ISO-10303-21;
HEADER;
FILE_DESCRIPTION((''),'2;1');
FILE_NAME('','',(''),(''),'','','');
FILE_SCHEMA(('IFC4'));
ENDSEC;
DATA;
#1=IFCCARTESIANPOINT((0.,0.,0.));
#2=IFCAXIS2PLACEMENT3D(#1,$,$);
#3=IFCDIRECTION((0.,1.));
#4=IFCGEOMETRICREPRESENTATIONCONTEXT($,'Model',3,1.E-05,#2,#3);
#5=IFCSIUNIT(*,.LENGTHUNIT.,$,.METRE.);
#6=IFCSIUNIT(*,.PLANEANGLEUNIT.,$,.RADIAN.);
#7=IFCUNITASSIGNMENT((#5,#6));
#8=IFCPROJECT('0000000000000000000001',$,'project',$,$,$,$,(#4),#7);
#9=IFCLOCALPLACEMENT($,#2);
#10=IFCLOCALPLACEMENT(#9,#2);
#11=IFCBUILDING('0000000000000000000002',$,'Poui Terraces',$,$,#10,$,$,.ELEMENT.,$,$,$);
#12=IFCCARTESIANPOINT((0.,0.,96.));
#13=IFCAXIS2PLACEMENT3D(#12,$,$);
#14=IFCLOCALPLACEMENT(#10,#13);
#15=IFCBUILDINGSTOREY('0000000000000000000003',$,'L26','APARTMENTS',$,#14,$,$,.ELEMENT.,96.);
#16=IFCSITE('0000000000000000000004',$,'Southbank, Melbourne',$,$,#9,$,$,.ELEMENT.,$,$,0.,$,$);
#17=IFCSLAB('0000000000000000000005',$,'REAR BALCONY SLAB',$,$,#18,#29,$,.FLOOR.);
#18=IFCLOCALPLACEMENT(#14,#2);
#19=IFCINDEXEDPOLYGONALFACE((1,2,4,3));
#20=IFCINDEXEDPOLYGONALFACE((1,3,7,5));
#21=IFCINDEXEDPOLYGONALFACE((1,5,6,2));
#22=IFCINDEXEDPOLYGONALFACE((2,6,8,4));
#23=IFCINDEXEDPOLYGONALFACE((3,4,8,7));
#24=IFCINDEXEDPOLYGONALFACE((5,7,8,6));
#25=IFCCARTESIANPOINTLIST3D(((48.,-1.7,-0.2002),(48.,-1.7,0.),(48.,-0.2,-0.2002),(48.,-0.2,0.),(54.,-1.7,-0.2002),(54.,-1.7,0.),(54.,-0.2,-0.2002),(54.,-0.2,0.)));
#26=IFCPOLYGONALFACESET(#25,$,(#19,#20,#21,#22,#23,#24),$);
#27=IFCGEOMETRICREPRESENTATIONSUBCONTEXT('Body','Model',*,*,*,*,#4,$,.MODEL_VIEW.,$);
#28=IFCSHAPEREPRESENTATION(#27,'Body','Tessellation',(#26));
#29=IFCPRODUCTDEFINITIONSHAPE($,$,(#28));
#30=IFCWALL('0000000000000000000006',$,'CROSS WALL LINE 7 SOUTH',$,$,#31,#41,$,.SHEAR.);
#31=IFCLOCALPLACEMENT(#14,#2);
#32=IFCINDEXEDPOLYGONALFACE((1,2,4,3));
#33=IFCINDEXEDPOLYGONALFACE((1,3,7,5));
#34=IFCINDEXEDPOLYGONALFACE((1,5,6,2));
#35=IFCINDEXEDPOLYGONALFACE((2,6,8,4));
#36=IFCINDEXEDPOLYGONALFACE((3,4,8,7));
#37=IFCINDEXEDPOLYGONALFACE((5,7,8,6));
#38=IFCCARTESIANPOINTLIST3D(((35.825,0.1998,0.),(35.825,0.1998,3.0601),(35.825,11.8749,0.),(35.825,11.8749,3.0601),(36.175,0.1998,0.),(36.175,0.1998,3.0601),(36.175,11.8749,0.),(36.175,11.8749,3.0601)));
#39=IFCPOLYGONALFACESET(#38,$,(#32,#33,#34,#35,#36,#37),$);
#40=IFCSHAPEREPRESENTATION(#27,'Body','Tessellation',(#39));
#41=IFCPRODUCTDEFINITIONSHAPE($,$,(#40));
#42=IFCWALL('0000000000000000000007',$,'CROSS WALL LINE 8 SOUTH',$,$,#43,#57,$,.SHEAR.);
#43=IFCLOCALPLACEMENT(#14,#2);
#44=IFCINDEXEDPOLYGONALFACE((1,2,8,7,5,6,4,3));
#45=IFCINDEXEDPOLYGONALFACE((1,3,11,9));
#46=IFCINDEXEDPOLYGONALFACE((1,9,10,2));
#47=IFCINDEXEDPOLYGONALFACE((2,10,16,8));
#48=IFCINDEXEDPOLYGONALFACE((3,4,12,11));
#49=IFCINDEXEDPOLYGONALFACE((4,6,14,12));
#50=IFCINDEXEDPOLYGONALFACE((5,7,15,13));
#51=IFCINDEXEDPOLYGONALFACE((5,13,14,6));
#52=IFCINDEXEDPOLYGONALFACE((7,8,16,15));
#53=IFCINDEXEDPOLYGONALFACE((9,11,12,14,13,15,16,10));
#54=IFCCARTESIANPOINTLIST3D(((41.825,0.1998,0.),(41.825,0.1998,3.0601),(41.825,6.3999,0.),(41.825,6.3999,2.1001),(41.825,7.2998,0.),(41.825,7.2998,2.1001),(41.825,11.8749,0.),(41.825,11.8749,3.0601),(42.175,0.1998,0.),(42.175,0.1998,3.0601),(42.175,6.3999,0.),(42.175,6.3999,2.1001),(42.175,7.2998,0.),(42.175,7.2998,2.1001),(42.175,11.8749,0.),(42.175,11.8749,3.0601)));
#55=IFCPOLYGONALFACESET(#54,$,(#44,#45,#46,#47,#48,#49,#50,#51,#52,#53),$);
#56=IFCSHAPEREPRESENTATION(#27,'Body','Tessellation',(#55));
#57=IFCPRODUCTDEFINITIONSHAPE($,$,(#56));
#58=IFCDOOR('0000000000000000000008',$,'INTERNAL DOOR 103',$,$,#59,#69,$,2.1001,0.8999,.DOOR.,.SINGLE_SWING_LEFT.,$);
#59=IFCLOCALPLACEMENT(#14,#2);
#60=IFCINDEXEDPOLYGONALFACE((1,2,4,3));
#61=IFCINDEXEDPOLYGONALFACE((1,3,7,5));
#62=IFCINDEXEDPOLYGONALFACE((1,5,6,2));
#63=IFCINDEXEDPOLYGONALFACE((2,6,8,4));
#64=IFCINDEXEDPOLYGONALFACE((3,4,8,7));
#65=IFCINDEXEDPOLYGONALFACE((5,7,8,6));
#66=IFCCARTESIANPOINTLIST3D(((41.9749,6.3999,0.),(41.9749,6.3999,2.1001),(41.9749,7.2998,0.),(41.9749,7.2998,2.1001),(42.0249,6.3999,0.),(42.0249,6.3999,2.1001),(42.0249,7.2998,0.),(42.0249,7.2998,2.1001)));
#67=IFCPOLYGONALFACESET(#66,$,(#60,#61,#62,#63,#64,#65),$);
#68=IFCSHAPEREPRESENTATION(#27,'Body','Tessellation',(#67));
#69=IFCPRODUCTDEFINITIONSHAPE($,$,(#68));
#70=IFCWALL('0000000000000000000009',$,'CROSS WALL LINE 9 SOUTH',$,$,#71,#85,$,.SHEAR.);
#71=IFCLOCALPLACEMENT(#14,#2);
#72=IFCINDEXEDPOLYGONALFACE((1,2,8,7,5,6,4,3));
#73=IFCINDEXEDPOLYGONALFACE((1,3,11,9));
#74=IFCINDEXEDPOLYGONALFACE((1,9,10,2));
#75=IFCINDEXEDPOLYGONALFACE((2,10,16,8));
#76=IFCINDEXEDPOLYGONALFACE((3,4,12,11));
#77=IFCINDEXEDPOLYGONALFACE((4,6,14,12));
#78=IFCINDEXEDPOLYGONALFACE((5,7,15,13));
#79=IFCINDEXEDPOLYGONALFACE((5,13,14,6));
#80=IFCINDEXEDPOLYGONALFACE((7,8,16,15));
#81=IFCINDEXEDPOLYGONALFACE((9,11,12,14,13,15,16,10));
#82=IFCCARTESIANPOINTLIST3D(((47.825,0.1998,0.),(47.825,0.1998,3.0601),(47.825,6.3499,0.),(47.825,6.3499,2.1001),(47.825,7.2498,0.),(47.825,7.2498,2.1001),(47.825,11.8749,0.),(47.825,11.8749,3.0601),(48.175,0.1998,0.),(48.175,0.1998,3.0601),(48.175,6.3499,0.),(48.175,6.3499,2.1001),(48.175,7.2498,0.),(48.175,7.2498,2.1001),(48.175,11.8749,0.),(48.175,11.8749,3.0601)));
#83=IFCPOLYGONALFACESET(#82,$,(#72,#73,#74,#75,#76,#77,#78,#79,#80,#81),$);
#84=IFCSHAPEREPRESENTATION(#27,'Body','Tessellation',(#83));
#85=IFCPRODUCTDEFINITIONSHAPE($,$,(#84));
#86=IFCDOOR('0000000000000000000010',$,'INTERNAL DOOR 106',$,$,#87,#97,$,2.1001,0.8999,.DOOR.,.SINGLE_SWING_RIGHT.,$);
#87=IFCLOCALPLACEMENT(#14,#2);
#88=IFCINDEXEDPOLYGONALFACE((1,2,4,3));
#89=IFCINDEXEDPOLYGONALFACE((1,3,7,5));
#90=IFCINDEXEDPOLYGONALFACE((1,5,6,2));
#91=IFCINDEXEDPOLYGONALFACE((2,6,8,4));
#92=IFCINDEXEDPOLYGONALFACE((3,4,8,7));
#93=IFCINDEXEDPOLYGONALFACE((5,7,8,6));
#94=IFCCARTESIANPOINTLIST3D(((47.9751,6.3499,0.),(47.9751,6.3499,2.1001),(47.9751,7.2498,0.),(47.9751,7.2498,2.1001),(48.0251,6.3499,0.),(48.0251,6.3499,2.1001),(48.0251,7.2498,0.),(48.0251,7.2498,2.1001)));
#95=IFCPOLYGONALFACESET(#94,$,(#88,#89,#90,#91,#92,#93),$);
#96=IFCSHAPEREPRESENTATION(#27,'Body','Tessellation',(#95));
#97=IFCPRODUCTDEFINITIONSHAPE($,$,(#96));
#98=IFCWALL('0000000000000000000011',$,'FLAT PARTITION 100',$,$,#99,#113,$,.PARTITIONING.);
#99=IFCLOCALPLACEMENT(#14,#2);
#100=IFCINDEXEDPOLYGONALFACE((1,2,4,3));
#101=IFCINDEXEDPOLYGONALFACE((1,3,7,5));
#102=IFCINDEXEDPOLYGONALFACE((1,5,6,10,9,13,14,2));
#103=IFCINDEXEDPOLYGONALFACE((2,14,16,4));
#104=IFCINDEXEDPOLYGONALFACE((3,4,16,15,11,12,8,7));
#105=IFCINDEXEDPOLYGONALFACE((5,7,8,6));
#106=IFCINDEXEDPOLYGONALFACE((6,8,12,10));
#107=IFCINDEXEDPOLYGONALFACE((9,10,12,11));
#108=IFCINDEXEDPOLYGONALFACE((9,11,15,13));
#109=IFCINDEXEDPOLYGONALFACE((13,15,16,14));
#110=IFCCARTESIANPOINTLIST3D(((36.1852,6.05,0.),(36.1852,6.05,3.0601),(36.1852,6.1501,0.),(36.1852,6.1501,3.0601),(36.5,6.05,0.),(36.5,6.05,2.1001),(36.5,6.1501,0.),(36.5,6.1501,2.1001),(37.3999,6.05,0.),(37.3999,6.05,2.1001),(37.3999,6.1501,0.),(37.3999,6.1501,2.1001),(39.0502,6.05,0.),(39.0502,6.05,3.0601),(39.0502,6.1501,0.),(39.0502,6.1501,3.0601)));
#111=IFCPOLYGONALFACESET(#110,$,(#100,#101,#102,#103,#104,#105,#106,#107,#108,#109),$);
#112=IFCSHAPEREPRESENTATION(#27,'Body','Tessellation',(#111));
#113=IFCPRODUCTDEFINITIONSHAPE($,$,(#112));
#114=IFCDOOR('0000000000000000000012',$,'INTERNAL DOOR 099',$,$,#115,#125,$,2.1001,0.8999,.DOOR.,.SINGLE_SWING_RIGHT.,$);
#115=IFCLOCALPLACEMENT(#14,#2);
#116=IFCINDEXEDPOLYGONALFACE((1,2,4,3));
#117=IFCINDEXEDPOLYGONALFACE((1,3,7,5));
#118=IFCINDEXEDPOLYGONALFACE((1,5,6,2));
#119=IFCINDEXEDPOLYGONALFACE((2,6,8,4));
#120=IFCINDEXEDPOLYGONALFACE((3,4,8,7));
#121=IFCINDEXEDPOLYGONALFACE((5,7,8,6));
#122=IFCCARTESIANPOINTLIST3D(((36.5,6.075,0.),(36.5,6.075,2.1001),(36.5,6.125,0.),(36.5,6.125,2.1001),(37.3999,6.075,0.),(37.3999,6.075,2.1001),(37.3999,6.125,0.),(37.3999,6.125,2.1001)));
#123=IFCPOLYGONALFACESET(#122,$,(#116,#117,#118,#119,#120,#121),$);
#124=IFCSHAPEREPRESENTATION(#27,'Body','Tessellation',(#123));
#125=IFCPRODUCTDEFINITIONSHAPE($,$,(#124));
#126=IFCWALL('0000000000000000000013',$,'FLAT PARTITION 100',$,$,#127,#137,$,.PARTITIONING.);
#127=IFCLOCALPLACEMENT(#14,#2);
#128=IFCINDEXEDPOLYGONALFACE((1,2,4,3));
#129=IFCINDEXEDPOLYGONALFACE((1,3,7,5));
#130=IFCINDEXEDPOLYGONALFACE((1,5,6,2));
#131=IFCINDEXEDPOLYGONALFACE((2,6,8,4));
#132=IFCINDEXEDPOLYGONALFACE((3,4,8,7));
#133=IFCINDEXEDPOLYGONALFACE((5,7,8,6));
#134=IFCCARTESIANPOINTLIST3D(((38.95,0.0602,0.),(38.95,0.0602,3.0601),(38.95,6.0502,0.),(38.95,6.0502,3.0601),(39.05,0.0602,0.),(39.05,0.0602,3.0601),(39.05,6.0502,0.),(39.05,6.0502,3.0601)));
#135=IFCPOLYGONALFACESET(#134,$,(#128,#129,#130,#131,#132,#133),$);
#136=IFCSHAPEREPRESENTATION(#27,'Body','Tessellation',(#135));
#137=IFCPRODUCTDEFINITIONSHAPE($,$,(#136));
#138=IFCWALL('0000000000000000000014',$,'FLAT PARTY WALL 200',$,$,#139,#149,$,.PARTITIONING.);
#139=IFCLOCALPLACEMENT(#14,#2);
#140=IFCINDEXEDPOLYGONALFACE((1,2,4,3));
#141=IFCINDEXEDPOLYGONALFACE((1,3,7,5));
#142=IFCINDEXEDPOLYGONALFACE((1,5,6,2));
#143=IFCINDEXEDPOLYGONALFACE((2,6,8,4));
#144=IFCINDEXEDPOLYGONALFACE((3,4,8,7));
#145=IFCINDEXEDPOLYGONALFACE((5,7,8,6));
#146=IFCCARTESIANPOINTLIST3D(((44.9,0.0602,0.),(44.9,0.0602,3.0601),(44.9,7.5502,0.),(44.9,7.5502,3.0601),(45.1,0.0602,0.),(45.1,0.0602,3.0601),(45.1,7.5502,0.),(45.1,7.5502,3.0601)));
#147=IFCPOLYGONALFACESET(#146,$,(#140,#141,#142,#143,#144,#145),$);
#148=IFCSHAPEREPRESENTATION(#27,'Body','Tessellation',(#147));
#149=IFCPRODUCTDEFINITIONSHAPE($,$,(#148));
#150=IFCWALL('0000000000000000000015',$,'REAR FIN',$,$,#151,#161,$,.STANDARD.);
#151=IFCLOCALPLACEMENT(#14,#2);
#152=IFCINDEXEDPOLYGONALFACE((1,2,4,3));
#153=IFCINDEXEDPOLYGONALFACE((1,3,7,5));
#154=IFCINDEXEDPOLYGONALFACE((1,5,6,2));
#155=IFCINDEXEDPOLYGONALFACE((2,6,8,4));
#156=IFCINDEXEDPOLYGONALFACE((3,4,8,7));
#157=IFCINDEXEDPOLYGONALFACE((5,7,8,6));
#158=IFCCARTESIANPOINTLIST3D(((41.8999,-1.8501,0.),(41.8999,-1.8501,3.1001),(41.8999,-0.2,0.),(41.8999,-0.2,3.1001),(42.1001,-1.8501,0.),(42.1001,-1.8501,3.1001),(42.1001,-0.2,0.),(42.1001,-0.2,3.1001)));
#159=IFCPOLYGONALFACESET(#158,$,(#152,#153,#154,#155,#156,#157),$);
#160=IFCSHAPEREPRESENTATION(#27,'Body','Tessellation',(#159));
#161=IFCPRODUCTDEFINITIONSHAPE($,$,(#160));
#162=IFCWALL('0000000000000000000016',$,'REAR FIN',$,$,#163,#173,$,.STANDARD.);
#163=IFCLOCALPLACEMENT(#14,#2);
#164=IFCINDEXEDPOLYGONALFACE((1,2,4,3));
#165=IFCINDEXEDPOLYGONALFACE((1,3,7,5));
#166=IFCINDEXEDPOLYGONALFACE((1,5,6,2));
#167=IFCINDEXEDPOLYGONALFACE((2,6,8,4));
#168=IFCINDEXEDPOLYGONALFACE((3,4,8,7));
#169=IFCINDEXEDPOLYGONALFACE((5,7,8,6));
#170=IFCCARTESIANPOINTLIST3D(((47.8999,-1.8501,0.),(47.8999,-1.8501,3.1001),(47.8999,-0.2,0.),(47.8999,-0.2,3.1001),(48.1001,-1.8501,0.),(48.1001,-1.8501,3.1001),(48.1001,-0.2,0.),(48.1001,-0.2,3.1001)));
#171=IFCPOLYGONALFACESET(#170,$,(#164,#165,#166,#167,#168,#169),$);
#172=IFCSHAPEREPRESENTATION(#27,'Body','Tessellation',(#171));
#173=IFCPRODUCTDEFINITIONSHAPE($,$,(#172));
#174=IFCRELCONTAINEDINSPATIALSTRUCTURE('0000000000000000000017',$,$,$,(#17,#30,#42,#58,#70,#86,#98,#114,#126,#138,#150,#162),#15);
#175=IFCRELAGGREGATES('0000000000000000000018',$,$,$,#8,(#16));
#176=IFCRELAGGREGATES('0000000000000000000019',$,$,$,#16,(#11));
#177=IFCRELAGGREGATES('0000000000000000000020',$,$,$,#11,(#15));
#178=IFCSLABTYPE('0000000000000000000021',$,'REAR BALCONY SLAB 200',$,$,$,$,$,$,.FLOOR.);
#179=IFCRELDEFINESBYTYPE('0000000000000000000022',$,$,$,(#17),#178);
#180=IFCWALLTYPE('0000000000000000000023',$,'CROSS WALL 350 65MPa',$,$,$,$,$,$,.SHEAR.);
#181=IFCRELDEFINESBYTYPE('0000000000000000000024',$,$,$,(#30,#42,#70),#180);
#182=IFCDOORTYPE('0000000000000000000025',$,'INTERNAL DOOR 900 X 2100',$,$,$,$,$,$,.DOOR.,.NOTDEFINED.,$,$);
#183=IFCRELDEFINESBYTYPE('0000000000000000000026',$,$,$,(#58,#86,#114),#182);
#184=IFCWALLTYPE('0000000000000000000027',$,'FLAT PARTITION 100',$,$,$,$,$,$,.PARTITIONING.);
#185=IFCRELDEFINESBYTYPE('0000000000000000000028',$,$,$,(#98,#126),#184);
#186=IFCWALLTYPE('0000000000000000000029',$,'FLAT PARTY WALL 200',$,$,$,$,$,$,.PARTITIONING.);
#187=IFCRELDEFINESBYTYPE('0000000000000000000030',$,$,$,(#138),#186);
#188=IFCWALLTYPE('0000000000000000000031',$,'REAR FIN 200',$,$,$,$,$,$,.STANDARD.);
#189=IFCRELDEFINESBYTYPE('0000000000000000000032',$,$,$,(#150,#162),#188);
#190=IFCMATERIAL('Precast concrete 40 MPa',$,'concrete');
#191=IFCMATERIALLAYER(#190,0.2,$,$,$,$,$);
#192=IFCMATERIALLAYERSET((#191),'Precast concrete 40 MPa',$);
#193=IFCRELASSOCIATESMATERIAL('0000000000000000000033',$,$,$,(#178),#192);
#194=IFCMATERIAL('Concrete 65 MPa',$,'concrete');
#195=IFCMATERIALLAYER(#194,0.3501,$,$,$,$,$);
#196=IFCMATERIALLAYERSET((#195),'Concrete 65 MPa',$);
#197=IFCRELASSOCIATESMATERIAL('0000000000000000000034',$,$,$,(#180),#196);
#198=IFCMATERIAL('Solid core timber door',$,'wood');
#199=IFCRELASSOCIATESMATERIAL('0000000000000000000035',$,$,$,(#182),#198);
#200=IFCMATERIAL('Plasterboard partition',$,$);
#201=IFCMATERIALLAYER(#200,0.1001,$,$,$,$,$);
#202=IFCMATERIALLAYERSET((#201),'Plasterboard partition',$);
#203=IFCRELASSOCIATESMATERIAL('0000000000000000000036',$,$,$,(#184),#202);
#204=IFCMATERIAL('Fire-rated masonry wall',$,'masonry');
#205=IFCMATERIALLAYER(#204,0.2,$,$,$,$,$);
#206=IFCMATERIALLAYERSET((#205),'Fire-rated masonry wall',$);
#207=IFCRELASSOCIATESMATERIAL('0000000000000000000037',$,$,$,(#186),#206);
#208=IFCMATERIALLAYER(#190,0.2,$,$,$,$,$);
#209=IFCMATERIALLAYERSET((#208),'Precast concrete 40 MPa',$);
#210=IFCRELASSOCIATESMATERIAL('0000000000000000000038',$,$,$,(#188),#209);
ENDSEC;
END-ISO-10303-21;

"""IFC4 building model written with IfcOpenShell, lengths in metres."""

from ifc_helpers import new_model, si_unit, direction, frame, frame_2d, origin, place, context, subcontext, project, spatial, polyline, rectangle, outline, extrude, source, transform, mapped, material, layer, layer_set, type_object, element, fill, save


model = new_model("IFC4")

# Units and contexts
model_context = context("Model", 3, precision=1e-05, world=origin(), true_north=direction((0.0, 1.0)))
body_context = subcontext(model_context, "Body", "Model", "MODEL_VIEW")
ifc_project = project(units=[si_unit("LENGTHUNIT", "METRE"), si_unit("PLANEANGLEUNIT", "RADIAN")], contexts=[model_context])

# Site, building, storey
site_placement = place(None, origin())
site = spatial("IfcSite", under=ifc_project, at=site_placement, Name="Southbank, Melbourne", CompositionType="ELEMENT", RefElevation=0.0)
building_placement = place(site_placement, origin())
building = spatial("IfcBuilding", under=site, at=building_placement, Name="Poui Terraces", CompositionType="ELEMENT")
storey_placement = place(building_placement, frame((0.0, 0.0, 96.0)))
storey = spatial("IfcBuildingStorey", under=building, at=storey_placement, Name="L26", Description="APARTMENTS", CompositionType="ELEMENT", Elevation=96.0)

# Slab
ifc_material_1 = material(Name="Precast concrete 40 MPa", Category="concrete")
ifc_layer_1 = layer(ifc_material_1, 0.2)
ifc_layer_set_1 = layer_set([ifc_layer_1], Name="Precast concrete 40 MPa")
slab_type = type_object("IfcSlabType", Name="REAR BALCONY SLAB 200", PredefinedType="FLOOR", material=ifc_layer_set_1)
shared_shape_1 = source(origin(), body_context, "Body", "SweptSolid", [
    extrude(outline(polyline([(0.0, 0.0), (6.0, 0.0), (6.0, 1.5), (0.0, 1.5), (0.0, 0.0)])), origin(), (0.0, 0.0, 1.0), 0.2002),
])
slab_placement = place(storey_placement, frame((48.0, -1.7, -0.2002)))
element("IfcSlab", 1, at=slab_placement, inside=storey, type_object=slab_type, Name="REAR BALCONY SLAB", PredefinedType="FLOOR", context=body_context, shape_type="MappedRepresentation", body=[
    mapped(shared_shape_1, transform((0.0, 0.0, 0.0))),
])

# Wall
ifc_material_2 = material(Name="Concrete 65 MPa", Category="concrete")
ifc_layer_2 = layer(ifc_material_2, 0.3501)
ifc_layer_set_2 = layer_set([ifc_layer_2], Name="Concrete 65 MPa")
wall_type_1 = type_object("IfcWallType", Name="CROSS WALL 350 65MPa", PredefinedType="SHEAR", material=ifc_layer_set_2)
wall_1_placement = place(storey_placement, frame((36.0, 0.2, 0.0), z_axis=(0.0, 0.0, 1.0), x_axis=(0.0, 1.0, 0.0)))
element("IfcWall", 2, at=wall_1_placement, inside=storey, type_object=wall_type_1, Name="CROSS WALL LINE 7 SOUTH", PredefinedType="SHEAR", context=body_context, shape_type="SweptSolid", body=[
    extrude(rectangle(XDim=11.675, YDim=0.3501, at=frame_2d((5.8374, 0.0))), origin(), (0.0, 0.0, 1.0), 3.0601),
])

# Walls, openings, doors
wall_2_placement = place(storey_placement, frame((42.0, 0.2, 0.0), z_axis=(0.0, 0.0, 1.0), x_axis=(0.0, 1.0, 0.0)))
wall_2 = element("IfcWall", 3, at=wall_2_placement, inside=storey, type_object=wall_type_1, Name="CROSS WALL LINE 8 SOUTH", PredefinedType="SHEAR", context=body_context, shape_type="SweptSolid", body=[
    extrude(rectangle(XDim=11.675, YDim=0.3501, at=frame_2d((5.8374, 0.0))), origin(), (0.0, 0.0, 1.0), 3.0601),
])
opening_1_placement = place(wall_2_placement, frame((6.2, 0.0, 0.0)))
opening_1 = element("IfcOpeningElement", 4, at=opening_1_placement, cuts=wall_2, PredefinedType="OPENING", context=body_context, shape_type="SweptSolid", body=[
    extrude(rectangle(XDim=0.8999, YDim=2.1001, at=frame_2d((0.45, 1.05))), frame((0.0, 0.1851, 0.0), z_axis=(0.0, -1.0, 0.0), x_axis=(1.0, 0.0, 0.0)), (0.0, 0.0, 1.0), 0.3701),
])
ifc_material_3 = material(Name="Solid core timber door", Category="wood")
door_type = type_object("IfcDoorType", Name="INTERNAL DOOR 900 X 2100", OperationType="NOTDEFINED", PredefinedType="DOOR", material=ifc_material_3)
door_1_placement = place(opening_1_placement, frame((0.8999, 0.0, 0.0), z_axis=(0.0, 0.0, 1.0), x_axis=(-1.0, 0.0, 0.0)))
door_1 = element("IfcDoor", 5, at=door_1_placement, inside=storey, type_object=door_type, Name="INTERNAL DOOR 103", OperationType="SINGLE_SWING_LEFT", OverallHeight=2.1001, OverallWidth=0.8999, PredefinedType="DOOR", context=body_context, shape_type="SweptSolid", body=[
    extrude(rectangle(XDim=0.8999, YDim=2.1001, at=frame_2d((0.45, 1.05))), frame((0.0, 0.0249, 0.0), z_axis=(0.0, -1.0, 0.0), x_axis=(1.0, 0.0, 0.0)), (0.0, 0.0, 1.0), 0.05),
])
fill(opening_1, door_1)
wall_3_placement = place(storey_placement, frame((48.0, 0.2, 0.0), z_axis=(0.0, 0.0, 1.0), x_axis=(0.0, 1.0, 0.0)))
wall_3 = element("IfcWall", 6, at=wall_3_placement, inside=storey, type_object=wall_type_1, Name="CROSS WALL LINE 9 SOUTH", PredefinedType="SHEAR", context=body_context, shape_type="SweptSolid", body=[
    extrude(rectangle(XDim=11.675, YDim=0.3501, at=frame_2d((5.8374, 0.0))), origin(), (0.0, 0.0, 1.0), 3.0601),
])
opening_2_placement = place(wall_3_placement, frame((6.1499, 0.0, 0.0)))
opening_2 = element("IfcOpeningElement", 7, at=opening_2_placement, cuts=wall_3, PredefinedType="OPENING", context=body_context, shape_type="SweptSolid", body=[
    extrude(rectangle(XDim=0.8999, YDim=2.1001, at=frame_2d((0.45, 1.05))), frame((0.0, 0.1851, 0.0), z_axis=(0.0, -1.0, 0.0), x_axis=(1.0, 0.0, 0.0)), (0.0, 0.0, 1.0), 0.3701),
])
door_2_placement = place(opening_2_placement, origin())
door_2 = element("IfcDoor", 8, at=door_2_placement, inside=storey, type_object=door_type, Name="INTERNAL DOOR 106", OperationType="SINGLE_SWING_RIGHT", OverallHeight=2.1001, OverallWidth=0.8999, PredefinedType="DOOR", context=body_context, shape_type="SweptSolid", body=[
    extrude(rectangle(XDim=0.8999, YDim=2.1001, at=frame_2d((0.45, 1.05))), frame((0.0, 0.0249, 0.0), z_axis=(0.0, -1.0, 0.0), x_axis=(1.0, 0.0, 0.0)), (0.0, 0.0, 1.0), 0.05),
])
fill(opening_2, door_2)
ifc_material_4 = material(Name="Plasterboard partition")
ifc_layer_3 = layer(ifc_material_4, 0.1001)
ifc_layer_set_3 = layer_set([ifc_layer_3], Name="Plasterboard partition")
wall_type_2 = type_object("IfcWallType", Name="FLAT PARTITION 100", PredefinedType="PARTITIONING", material=ifc_layer_set_3)
wall_4_placement = place(storey_placement, frame((36.1851, 6.1001, 0.0), z_axis=(0.0, 0.0, 1.0), x_axis=(1.0, 0.0, 0.0)))
wall_4 = element("IfcWall", 9, at=wall_4_placement, inside=storey, type_object=wall_type_2, Name="FLAT PARTITION 100", PredefinedType="PARTITIONING", context=body_context, shape_type="SweptSolid", body=[
    extrude(rectangle(XDim=2.865, YDim=0.1001, at=frame_2d((1.4326, 0.0))), origin(), (0.0, 0.0, 1.0), 3.0601),
])
opening_3_placement = place(wall_4_placement, frame((0.3149, 0.0, 0.0)))
opening_3 = element("IfcOpeningElement", 10, at=opening_3_placement, cuts=wall_4, PredefinedType="OPENING", context=body_context, shape_type="SweptSolid", body=[
    extrude(rectangle(XDim=0.8999, YDim=2.1001, at=frame_2d((0.45, 1.05))), frame((0.0, 0.0601, 0.0), z_axis=(0.0, -1.0, 0.0), x_axis=(1.0, 0.0, 0.0)), (0.0, 0.0, 1.0), 0.1201),
])
door_3_placement = place(opening_3_placement, origin())
door_3 = element("IfcDoor", 11, at=door_3_placement, inside=storey, type_object=door_type, Name="INTERNAL DOOR 099", OperationType="SINGLE_SWING_RIGHT", OverallHeight=2.1001, OverallWidth=0.8999, PredefinedType="DOOR", context=body_context, shape_type="SweptSolid", body=[
    extrude(rectangle(XDim=0.8999, YDim=2.1001, at=frame_2d((0.45, 1.05))), frame((0.0, 0.0249, 0.0), z_axis=(0.0, -1.0, 0.0), x_axis=(1.0, 0.0, 0.0)), (0.0, 0.0, 1.0), 0.05),
])
fill(opening_3, door_3)

# Walls
wall_5_placement = place(storey_placement, frame((39.0, 0.0601, 0.0), z_axis=(0.0, 0.0, 1.0), x_axis=(0.0, 1.0, 0.0)))
element("IfcWall", 12, at=wall_5_placement, inside=storey, type_object=wall_type_2, Name="FLAT PARTITION 100", PredefinedType="PARTITIONING", context=body_context, shape_type="SweptSolid", body=[
    extrude(rectangle(XDim=5.99, YDim=0.1001, at=frame_2d((2.9951, 0.0))), origin(), (0.0, 0.0, 1.0), 3.0601),
])
ifc_material_5 = material(Name="Fire-rated masonry wall", Category="masonry")
ifc_layer_4 = layer(ifc_material_5, 0.2)
ifc_layer_set_4 = layer_set([ifc_layer_4], Name="Fire-rated masonry wall")
wall_type_3 = type_object("IfcWallType", Name="FLAT PARTY WALL 200", PredefinedType="PARTITIONING", material=ifc_layer_set_4)
wall_6_placement = place(storey_placement, frame((45.0, 0.0601, 0.0), z_axis=(0.0, 0.0, 1.0), x_axis=(0.0, 1.0, 0.0)))
element("IfcWall", 13, at=wall_6_placement, inside=storey, type_object=wall_type_3, Name="FLAT PARTY WALL 200", PredefinedType="PARTITIONING", context=body_context, shape_type="SweptSolid", body=[
    extrude(rectangle(XDim=7.49, YDim=0.2, at=frame_2d((3.7451, 0.0))), origin(), (0.0, 0.0, 1.0), 3.0601),
])
ifc_layer_5 = layer(ifc_material_1, 0.2)
ifc_layer_set_5 = layer_set([ifc_layer_5], Name="Precast concrete 40 MPa")
wall_type_4 = type_object("IfcWallType", Name="REAR FIN 200", PredefinedType="STANDARD", material=ifc_layer_set_5)
shared_shape_2 = source(origin(), body_context, "Body", "SweptSolid", [
    extrude(outline(polyline([(0.0, 0.0), (0.2002, 0.0), (0.2002, 1.6501), (0.0, 1.6501), (0.0, 0.0)])), origin(), (0.0, 0.0, 1.0), 3.1001),
])
for number, where, name in (
    (14, (41.8999, -1.8501, 0.0), "REAR FIN"),
    (15, (47.8999, -1.8501, 0.0), "REAR FIN"),
):
    element("IfcWall", number, at=place(storey_placement, frame(where)), inside=storey, type_object=wall_type_4, Name=name, PredefinedType="STANDARD", context=body_context, shape_type="MappedRepresentation", body=[
        mapped(shared_shape_2, transform((0.0, 0.0, 0.0))),
    ])

save(model, "model.ifc")
